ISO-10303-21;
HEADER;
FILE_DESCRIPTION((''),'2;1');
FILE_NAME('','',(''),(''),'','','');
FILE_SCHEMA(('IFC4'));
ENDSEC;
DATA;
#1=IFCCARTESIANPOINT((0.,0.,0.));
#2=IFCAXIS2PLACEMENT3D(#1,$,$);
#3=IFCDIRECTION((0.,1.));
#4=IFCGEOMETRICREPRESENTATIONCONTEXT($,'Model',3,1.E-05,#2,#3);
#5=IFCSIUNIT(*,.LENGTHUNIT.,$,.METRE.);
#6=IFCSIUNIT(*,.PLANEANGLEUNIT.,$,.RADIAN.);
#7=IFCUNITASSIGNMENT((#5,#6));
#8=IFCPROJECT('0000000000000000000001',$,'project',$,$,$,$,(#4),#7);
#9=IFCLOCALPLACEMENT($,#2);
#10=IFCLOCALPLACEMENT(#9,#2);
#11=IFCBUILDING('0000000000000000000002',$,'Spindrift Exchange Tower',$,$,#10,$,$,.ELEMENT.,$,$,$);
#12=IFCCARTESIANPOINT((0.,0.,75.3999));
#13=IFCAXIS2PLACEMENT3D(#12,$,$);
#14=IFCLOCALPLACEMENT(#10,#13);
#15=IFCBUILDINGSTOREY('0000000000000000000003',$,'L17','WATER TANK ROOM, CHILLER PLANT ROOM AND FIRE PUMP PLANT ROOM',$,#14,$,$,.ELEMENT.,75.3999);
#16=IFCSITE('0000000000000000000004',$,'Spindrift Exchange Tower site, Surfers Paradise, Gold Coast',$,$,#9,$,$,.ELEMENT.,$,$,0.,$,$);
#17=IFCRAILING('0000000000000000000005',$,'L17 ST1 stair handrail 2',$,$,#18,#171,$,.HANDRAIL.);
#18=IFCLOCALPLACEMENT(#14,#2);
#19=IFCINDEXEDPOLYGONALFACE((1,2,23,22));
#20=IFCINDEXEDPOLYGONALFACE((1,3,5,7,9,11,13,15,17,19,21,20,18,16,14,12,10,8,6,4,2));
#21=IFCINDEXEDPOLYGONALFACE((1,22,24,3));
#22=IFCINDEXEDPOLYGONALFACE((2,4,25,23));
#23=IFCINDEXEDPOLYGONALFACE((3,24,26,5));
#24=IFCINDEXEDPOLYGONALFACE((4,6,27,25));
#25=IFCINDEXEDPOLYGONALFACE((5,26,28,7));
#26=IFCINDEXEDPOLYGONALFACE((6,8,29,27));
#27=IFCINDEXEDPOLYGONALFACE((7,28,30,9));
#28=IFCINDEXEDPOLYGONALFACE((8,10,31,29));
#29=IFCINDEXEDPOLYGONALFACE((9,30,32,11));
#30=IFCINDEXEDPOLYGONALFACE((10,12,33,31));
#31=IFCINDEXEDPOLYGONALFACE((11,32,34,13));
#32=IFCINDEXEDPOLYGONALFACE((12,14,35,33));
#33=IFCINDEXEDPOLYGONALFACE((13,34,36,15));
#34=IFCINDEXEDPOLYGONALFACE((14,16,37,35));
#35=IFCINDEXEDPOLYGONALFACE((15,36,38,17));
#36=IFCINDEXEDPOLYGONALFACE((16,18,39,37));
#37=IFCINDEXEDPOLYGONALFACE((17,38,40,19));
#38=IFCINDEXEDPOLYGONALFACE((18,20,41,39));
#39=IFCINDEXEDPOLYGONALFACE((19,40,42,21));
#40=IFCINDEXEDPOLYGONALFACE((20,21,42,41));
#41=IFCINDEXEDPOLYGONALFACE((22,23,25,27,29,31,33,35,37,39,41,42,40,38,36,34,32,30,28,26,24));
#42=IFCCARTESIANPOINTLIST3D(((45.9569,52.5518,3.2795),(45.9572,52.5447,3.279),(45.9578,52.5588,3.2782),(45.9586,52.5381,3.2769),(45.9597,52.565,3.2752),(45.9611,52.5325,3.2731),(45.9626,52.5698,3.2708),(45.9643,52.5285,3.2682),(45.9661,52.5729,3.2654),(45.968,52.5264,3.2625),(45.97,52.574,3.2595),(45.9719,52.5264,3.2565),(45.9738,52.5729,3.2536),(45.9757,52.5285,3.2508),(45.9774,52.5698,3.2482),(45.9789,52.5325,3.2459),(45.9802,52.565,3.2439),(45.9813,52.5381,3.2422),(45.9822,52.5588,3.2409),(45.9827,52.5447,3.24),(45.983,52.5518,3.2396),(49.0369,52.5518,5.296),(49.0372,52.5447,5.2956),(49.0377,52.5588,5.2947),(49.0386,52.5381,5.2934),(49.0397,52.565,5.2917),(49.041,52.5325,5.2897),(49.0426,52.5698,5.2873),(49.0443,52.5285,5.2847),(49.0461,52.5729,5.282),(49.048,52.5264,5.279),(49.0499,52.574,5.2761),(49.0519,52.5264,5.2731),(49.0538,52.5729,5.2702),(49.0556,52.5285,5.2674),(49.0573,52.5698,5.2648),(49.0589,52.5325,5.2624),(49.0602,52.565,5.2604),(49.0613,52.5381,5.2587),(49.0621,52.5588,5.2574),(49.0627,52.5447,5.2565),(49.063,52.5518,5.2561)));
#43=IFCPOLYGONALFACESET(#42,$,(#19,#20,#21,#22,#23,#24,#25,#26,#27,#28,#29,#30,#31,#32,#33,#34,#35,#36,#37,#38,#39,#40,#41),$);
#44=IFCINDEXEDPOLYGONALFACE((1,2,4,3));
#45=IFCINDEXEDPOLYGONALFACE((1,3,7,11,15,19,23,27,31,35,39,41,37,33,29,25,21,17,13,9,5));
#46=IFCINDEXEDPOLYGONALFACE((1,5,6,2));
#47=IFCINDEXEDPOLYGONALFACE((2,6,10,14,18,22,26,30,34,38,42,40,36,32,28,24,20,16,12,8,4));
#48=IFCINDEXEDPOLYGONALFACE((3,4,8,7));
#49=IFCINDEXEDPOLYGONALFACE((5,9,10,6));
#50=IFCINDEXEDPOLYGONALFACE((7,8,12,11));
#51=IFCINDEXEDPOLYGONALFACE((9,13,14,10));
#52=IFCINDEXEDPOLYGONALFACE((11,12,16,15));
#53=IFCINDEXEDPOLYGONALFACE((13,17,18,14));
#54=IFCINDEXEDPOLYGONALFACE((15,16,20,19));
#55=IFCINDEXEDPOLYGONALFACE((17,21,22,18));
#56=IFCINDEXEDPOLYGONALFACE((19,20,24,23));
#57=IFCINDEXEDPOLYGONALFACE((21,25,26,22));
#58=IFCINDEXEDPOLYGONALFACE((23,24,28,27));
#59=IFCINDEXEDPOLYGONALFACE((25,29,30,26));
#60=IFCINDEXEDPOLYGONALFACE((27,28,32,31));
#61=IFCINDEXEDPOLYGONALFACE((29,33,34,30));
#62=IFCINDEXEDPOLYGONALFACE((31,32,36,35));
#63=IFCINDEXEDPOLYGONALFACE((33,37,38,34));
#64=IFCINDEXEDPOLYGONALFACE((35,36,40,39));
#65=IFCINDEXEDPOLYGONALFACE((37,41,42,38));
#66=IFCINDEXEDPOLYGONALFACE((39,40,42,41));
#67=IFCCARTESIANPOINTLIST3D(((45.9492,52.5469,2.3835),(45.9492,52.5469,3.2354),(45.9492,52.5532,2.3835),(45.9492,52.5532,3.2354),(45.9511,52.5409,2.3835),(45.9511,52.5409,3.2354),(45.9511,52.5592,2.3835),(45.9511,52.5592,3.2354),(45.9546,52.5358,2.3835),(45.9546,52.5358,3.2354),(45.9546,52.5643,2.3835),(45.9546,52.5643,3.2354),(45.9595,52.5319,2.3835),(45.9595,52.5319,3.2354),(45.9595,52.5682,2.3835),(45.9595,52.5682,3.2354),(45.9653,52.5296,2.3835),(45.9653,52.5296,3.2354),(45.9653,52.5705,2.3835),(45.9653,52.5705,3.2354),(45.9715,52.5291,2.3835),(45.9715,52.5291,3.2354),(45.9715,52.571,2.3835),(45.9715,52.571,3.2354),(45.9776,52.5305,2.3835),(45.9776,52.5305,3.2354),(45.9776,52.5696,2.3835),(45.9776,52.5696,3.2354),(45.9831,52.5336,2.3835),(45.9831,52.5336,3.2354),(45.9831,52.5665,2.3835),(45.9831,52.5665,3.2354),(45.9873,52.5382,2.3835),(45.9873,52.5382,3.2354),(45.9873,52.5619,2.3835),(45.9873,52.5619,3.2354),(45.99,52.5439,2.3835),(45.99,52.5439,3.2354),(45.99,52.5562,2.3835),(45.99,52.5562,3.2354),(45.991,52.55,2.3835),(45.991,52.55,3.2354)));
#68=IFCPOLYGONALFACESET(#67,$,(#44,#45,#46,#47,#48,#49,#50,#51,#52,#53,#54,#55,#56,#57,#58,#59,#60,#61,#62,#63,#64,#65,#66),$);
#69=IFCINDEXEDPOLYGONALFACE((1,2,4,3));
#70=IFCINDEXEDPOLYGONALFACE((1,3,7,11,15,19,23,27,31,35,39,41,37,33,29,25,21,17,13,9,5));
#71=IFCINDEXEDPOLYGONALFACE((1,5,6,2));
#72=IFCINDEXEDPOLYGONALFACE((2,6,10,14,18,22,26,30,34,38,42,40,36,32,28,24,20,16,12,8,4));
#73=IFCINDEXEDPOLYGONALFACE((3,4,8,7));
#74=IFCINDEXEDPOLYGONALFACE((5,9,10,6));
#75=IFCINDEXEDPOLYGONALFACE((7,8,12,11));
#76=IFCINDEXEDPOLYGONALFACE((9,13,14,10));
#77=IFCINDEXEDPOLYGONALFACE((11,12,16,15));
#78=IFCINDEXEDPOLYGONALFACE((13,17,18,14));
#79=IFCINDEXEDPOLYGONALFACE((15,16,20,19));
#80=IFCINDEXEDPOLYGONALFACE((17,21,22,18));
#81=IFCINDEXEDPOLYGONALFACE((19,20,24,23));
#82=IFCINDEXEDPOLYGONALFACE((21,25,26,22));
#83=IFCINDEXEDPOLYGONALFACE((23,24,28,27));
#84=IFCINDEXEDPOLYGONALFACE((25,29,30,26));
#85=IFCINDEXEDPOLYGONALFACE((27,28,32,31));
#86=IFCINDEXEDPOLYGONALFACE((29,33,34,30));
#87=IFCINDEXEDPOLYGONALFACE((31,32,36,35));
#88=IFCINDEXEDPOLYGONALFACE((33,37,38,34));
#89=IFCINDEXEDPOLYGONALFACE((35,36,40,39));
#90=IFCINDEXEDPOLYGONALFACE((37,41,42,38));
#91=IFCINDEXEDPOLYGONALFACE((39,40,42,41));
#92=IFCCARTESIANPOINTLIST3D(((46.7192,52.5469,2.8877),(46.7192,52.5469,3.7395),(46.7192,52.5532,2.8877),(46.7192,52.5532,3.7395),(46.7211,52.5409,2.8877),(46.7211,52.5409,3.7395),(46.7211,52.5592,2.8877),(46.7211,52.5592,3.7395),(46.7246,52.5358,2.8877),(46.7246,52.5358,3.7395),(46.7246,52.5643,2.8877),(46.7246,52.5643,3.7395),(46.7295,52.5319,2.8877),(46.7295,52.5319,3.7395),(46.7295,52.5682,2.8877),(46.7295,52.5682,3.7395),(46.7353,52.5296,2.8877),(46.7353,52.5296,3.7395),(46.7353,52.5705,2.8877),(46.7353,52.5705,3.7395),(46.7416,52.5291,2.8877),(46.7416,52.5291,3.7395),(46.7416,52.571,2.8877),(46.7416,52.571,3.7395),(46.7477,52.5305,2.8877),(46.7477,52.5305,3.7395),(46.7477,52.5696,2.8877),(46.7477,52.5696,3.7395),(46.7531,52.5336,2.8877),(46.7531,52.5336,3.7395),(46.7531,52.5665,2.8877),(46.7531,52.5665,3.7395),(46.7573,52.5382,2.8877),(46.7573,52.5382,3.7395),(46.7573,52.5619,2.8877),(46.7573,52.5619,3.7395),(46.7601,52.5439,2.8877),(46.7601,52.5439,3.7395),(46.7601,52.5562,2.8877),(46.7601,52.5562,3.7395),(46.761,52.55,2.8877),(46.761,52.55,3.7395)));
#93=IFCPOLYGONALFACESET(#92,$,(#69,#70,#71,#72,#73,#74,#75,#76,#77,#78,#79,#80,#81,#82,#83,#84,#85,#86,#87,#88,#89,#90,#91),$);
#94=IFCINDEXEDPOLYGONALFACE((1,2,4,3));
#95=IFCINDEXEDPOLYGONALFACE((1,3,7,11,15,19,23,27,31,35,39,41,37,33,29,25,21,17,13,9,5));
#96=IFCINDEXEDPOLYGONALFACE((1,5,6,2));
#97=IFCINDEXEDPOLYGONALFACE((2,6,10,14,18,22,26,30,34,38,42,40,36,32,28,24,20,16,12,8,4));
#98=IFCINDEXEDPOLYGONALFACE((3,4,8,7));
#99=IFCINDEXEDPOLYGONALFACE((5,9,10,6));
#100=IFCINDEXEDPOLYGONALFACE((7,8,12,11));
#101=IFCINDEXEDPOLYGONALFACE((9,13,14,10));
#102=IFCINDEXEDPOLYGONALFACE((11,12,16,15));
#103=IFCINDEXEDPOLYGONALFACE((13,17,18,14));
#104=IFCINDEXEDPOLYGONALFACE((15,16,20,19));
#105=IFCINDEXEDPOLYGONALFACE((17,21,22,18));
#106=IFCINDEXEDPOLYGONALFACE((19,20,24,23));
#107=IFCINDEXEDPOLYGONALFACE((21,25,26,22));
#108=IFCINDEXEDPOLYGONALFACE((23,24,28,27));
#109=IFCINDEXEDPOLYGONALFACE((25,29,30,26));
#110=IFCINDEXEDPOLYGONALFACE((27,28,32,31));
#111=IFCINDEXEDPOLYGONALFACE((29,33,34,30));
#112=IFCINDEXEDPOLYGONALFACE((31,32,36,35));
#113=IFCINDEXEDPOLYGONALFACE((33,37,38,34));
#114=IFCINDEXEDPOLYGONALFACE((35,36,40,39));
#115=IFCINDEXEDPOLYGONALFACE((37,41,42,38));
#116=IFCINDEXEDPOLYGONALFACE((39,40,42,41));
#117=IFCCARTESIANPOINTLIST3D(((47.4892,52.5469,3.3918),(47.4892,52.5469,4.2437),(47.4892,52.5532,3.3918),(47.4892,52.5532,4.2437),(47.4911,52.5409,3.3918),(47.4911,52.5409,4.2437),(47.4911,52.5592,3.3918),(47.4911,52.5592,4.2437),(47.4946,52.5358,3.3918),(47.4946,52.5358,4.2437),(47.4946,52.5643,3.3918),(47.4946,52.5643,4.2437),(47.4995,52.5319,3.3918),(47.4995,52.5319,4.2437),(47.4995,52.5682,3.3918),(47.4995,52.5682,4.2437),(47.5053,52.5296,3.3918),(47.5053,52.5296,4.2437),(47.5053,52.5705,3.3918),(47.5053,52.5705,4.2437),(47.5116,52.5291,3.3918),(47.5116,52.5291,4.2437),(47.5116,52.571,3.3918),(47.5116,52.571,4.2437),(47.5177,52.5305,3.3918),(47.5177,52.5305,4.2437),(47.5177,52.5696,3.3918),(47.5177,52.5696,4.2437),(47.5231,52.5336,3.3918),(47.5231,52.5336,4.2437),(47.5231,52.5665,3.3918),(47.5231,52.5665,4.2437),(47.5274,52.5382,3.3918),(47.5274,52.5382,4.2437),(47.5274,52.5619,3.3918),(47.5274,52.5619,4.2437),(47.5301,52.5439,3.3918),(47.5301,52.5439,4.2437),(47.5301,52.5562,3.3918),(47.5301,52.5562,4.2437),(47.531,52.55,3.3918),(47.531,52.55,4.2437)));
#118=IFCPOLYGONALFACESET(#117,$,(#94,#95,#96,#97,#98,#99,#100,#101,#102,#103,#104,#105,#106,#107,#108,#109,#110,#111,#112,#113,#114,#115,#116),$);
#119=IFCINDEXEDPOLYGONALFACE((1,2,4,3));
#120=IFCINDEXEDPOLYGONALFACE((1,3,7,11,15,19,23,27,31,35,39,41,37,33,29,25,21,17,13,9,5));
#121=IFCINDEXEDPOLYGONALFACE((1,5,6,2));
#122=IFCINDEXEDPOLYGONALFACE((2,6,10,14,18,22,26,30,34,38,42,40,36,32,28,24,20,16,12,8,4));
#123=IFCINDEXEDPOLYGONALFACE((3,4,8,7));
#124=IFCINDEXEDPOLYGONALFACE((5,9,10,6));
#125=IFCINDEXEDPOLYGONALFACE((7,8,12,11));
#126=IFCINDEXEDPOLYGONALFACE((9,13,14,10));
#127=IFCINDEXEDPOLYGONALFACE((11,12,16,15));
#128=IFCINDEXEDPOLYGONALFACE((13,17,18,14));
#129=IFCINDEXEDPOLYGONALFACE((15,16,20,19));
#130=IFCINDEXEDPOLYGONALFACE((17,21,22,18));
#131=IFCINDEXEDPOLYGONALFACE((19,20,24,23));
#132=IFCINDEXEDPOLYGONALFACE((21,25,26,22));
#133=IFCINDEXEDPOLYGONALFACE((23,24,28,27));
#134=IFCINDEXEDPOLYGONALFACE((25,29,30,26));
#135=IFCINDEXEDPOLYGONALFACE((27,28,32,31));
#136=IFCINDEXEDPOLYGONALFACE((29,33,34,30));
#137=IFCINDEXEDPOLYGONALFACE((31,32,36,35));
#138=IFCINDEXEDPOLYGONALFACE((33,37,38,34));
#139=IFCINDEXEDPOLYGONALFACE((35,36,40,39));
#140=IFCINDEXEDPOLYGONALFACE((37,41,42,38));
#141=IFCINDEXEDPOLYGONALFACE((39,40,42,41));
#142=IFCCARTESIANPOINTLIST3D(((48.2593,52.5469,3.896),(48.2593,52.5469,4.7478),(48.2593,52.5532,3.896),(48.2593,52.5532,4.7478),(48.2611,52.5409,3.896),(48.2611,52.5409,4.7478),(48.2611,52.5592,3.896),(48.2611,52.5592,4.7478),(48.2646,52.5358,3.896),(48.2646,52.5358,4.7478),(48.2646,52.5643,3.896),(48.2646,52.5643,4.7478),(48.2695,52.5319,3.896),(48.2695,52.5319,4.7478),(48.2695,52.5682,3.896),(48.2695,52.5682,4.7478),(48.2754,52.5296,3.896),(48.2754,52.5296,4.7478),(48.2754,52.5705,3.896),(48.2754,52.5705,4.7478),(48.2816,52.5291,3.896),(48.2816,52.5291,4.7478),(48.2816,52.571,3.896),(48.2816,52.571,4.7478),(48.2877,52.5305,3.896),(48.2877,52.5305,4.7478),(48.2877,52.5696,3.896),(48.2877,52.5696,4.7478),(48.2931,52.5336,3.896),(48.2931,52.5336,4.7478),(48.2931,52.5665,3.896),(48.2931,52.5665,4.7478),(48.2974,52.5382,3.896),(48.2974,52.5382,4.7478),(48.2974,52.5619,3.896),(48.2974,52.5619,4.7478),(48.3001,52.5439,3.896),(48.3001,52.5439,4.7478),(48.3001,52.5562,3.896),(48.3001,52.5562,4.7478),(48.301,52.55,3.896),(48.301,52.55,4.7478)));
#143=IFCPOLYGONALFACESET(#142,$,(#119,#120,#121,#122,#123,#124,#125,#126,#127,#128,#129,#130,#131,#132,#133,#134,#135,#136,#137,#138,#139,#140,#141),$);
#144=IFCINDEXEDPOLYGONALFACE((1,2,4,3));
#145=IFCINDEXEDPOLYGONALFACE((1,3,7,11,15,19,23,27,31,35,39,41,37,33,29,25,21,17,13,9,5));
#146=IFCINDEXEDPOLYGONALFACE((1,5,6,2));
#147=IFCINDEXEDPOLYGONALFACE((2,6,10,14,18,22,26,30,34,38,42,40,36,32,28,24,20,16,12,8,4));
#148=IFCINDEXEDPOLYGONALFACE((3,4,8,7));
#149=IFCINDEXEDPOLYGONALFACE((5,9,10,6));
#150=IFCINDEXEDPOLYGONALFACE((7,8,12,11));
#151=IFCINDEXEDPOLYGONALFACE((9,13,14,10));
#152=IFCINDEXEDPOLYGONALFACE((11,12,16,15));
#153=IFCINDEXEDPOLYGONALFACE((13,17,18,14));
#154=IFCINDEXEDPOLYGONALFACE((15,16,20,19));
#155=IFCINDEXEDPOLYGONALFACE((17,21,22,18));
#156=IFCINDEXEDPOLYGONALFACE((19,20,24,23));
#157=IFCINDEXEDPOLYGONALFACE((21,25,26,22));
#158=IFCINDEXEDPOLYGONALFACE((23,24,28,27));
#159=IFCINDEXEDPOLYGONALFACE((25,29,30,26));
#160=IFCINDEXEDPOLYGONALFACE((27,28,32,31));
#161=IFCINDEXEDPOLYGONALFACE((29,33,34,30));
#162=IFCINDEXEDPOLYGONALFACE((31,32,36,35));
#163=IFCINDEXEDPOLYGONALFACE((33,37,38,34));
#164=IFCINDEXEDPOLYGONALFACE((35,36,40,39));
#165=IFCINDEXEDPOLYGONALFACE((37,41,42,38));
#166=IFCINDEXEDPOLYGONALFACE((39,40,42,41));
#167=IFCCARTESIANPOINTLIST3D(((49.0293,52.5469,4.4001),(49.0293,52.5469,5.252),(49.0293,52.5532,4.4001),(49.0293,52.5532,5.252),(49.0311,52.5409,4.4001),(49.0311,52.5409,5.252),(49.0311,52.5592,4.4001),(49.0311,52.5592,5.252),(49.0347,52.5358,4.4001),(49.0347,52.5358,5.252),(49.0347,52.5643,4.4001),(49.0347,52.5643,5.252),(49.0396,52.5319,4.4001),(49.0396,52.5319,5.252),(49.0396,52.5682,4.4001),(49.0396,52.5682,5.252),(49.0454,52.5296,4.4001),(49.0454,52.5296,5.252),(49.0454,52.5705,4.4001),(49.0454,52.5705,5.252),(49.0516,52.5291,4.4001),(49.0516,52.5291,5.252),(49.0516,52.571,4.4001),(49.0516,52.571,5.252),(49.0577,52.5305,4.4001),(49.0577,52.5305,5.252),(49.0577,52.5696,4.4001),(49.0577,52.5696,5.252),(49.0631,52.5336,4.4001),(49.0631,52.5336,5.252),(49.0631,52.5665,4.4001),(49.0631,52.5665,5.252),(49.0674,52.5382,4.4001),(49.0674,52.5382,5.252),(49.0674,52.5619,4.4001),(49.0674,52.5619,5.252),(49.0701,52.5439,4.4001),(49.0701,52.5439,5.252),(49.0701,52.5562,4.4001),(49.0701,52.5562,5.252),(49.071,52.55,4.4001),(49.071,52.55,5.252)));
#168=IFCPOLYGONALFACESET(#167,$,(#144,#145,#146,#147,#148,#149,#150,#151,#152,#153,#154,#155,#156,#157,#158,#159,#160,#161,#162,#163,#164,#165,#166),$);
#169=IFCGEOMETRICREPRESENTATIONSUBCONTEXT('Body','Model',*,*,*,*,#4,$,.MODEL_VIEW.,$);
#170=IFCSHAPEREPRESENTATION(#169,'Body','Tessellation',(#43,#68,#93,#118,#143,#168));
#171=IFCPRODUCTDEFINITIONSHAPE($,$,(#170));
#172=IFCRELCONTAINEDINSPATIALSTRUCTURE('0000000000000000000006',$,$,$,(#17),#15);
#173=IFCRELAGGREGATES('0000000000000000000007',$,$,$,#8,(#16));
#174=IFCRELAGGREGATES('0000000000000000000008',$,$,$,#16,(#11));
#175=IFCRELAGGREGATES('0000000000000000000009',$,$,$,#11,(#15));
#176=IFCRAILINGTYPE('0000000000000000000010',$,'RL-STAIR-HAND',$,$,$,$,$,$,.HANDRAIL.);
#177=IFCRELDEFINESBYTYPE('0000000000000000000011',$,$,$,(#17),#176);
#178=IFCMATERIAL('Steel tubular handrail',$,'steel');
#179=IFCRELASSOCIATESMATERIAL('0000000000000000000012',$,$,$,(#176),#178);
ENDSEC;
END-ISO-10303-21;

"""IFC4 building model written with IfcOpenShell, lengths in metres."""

from ifc_helpers import new_model, si_unit, direction, frame, origin, origin_2d, place, context, subcontext, project, spatial, circle, extrude, material, type_object, element, save


model = new_model("IFC4")

# Units and contexts
model_context = context("Model", 3, precision=1e-05, world=origin(), true_north=direction((0.0, 1.0)))
body_context = subcontext(model_context, "Body", "Model", "MODEL_VIEW")
ifc_project = project(units=[si_unit("LENGTHUNIT", "METRE"), si_unit("PLANEANGLEUNIT", "RADIAN")], contexts=[model_context])

# Site, building, storey
site_placement = place(None, origin())
site = spatial("IfcSite", under=ifc_project, at=site_placement, Name="Spindrift Exchange Tower site, Surfers Paradise, Gold Coast", CompositionType="ELEMENT", RefElevation=0.0)
building_placement = place(site_placement, origin())
building = spatial("IfcBuilding", under=site, at=building_placement, Name="Spindrift Exchange Tower", CompositionType="ELEMENT")
storey_placement = place(building_placement, frame((0.0, 0.0, 75.3999)))
storey = spatial("IfcBuildingStorey", under=building, at=storey_placement, Name="L17", Description="WATER TANK ROOM, CHILLER PLANT ROOM AND FIRE PUMP PLANT ROOM", CompositionType="ELEMENT", Elevation=75.3999)

# Railing
ifc_material_1 = material(Name="Steel tubular handrail", Category="steel")
railing_type_1 = type_object("IfcRailingType", Name="RL-STAIR-HAND", PredefinedType="HANDRAIL", material=ifc_material_1)
railing_1_placement = place(storey_placement, frame((45.97, 52.55, 2.3835)))
element("IfcRailing", 1, at=railing_1_placement, inside=storey, type_object=railing_type_1, Name="L17 ST1 stair handrail 2", PredefinedType="HANDRAIL", context=body_context, shape_type="SweptSolid", body=[
    extrude(circle(Radius=0.0239, at=origin_2d()), frame((0.0, 0.0, 0.876), z_axis=(0.836633, 0.0, 0.547764), x_axis=(0.0, 1.0, 0.0)), (0.0, 0.0, 1.0), 3.6814),
    extrude(circle(Radius=0.021, at=origin_2d()), origin(), (0.0, 0.0, 1.0), 0.8518),
    extrude(circle(Radius=0.021, at=origin_2d()), frame((0.77, 0.0, 0.5042)), (0.0, 0.0, 1.0), 0.8518),
    extrude(circle(Radius=0.021, at=origin_2d()), frame((1.54, 0.0, 1.0083)), (0.0, 0.0, 1.0), 0.8518),
    extrude(circle(Radius=0.021, at=origin_2d()), frame((2.3101, 0.0, 1.5125)), (0.0, 0.0, 1.0), 0.8518),
    extrude(circle(Radius=0.021, at=origin_2d()), frame((3.0801, 0.0, 2.0166)), (0.0, 0.0, 1.0), 0.8518),
])

save(model, "model.ifc")
